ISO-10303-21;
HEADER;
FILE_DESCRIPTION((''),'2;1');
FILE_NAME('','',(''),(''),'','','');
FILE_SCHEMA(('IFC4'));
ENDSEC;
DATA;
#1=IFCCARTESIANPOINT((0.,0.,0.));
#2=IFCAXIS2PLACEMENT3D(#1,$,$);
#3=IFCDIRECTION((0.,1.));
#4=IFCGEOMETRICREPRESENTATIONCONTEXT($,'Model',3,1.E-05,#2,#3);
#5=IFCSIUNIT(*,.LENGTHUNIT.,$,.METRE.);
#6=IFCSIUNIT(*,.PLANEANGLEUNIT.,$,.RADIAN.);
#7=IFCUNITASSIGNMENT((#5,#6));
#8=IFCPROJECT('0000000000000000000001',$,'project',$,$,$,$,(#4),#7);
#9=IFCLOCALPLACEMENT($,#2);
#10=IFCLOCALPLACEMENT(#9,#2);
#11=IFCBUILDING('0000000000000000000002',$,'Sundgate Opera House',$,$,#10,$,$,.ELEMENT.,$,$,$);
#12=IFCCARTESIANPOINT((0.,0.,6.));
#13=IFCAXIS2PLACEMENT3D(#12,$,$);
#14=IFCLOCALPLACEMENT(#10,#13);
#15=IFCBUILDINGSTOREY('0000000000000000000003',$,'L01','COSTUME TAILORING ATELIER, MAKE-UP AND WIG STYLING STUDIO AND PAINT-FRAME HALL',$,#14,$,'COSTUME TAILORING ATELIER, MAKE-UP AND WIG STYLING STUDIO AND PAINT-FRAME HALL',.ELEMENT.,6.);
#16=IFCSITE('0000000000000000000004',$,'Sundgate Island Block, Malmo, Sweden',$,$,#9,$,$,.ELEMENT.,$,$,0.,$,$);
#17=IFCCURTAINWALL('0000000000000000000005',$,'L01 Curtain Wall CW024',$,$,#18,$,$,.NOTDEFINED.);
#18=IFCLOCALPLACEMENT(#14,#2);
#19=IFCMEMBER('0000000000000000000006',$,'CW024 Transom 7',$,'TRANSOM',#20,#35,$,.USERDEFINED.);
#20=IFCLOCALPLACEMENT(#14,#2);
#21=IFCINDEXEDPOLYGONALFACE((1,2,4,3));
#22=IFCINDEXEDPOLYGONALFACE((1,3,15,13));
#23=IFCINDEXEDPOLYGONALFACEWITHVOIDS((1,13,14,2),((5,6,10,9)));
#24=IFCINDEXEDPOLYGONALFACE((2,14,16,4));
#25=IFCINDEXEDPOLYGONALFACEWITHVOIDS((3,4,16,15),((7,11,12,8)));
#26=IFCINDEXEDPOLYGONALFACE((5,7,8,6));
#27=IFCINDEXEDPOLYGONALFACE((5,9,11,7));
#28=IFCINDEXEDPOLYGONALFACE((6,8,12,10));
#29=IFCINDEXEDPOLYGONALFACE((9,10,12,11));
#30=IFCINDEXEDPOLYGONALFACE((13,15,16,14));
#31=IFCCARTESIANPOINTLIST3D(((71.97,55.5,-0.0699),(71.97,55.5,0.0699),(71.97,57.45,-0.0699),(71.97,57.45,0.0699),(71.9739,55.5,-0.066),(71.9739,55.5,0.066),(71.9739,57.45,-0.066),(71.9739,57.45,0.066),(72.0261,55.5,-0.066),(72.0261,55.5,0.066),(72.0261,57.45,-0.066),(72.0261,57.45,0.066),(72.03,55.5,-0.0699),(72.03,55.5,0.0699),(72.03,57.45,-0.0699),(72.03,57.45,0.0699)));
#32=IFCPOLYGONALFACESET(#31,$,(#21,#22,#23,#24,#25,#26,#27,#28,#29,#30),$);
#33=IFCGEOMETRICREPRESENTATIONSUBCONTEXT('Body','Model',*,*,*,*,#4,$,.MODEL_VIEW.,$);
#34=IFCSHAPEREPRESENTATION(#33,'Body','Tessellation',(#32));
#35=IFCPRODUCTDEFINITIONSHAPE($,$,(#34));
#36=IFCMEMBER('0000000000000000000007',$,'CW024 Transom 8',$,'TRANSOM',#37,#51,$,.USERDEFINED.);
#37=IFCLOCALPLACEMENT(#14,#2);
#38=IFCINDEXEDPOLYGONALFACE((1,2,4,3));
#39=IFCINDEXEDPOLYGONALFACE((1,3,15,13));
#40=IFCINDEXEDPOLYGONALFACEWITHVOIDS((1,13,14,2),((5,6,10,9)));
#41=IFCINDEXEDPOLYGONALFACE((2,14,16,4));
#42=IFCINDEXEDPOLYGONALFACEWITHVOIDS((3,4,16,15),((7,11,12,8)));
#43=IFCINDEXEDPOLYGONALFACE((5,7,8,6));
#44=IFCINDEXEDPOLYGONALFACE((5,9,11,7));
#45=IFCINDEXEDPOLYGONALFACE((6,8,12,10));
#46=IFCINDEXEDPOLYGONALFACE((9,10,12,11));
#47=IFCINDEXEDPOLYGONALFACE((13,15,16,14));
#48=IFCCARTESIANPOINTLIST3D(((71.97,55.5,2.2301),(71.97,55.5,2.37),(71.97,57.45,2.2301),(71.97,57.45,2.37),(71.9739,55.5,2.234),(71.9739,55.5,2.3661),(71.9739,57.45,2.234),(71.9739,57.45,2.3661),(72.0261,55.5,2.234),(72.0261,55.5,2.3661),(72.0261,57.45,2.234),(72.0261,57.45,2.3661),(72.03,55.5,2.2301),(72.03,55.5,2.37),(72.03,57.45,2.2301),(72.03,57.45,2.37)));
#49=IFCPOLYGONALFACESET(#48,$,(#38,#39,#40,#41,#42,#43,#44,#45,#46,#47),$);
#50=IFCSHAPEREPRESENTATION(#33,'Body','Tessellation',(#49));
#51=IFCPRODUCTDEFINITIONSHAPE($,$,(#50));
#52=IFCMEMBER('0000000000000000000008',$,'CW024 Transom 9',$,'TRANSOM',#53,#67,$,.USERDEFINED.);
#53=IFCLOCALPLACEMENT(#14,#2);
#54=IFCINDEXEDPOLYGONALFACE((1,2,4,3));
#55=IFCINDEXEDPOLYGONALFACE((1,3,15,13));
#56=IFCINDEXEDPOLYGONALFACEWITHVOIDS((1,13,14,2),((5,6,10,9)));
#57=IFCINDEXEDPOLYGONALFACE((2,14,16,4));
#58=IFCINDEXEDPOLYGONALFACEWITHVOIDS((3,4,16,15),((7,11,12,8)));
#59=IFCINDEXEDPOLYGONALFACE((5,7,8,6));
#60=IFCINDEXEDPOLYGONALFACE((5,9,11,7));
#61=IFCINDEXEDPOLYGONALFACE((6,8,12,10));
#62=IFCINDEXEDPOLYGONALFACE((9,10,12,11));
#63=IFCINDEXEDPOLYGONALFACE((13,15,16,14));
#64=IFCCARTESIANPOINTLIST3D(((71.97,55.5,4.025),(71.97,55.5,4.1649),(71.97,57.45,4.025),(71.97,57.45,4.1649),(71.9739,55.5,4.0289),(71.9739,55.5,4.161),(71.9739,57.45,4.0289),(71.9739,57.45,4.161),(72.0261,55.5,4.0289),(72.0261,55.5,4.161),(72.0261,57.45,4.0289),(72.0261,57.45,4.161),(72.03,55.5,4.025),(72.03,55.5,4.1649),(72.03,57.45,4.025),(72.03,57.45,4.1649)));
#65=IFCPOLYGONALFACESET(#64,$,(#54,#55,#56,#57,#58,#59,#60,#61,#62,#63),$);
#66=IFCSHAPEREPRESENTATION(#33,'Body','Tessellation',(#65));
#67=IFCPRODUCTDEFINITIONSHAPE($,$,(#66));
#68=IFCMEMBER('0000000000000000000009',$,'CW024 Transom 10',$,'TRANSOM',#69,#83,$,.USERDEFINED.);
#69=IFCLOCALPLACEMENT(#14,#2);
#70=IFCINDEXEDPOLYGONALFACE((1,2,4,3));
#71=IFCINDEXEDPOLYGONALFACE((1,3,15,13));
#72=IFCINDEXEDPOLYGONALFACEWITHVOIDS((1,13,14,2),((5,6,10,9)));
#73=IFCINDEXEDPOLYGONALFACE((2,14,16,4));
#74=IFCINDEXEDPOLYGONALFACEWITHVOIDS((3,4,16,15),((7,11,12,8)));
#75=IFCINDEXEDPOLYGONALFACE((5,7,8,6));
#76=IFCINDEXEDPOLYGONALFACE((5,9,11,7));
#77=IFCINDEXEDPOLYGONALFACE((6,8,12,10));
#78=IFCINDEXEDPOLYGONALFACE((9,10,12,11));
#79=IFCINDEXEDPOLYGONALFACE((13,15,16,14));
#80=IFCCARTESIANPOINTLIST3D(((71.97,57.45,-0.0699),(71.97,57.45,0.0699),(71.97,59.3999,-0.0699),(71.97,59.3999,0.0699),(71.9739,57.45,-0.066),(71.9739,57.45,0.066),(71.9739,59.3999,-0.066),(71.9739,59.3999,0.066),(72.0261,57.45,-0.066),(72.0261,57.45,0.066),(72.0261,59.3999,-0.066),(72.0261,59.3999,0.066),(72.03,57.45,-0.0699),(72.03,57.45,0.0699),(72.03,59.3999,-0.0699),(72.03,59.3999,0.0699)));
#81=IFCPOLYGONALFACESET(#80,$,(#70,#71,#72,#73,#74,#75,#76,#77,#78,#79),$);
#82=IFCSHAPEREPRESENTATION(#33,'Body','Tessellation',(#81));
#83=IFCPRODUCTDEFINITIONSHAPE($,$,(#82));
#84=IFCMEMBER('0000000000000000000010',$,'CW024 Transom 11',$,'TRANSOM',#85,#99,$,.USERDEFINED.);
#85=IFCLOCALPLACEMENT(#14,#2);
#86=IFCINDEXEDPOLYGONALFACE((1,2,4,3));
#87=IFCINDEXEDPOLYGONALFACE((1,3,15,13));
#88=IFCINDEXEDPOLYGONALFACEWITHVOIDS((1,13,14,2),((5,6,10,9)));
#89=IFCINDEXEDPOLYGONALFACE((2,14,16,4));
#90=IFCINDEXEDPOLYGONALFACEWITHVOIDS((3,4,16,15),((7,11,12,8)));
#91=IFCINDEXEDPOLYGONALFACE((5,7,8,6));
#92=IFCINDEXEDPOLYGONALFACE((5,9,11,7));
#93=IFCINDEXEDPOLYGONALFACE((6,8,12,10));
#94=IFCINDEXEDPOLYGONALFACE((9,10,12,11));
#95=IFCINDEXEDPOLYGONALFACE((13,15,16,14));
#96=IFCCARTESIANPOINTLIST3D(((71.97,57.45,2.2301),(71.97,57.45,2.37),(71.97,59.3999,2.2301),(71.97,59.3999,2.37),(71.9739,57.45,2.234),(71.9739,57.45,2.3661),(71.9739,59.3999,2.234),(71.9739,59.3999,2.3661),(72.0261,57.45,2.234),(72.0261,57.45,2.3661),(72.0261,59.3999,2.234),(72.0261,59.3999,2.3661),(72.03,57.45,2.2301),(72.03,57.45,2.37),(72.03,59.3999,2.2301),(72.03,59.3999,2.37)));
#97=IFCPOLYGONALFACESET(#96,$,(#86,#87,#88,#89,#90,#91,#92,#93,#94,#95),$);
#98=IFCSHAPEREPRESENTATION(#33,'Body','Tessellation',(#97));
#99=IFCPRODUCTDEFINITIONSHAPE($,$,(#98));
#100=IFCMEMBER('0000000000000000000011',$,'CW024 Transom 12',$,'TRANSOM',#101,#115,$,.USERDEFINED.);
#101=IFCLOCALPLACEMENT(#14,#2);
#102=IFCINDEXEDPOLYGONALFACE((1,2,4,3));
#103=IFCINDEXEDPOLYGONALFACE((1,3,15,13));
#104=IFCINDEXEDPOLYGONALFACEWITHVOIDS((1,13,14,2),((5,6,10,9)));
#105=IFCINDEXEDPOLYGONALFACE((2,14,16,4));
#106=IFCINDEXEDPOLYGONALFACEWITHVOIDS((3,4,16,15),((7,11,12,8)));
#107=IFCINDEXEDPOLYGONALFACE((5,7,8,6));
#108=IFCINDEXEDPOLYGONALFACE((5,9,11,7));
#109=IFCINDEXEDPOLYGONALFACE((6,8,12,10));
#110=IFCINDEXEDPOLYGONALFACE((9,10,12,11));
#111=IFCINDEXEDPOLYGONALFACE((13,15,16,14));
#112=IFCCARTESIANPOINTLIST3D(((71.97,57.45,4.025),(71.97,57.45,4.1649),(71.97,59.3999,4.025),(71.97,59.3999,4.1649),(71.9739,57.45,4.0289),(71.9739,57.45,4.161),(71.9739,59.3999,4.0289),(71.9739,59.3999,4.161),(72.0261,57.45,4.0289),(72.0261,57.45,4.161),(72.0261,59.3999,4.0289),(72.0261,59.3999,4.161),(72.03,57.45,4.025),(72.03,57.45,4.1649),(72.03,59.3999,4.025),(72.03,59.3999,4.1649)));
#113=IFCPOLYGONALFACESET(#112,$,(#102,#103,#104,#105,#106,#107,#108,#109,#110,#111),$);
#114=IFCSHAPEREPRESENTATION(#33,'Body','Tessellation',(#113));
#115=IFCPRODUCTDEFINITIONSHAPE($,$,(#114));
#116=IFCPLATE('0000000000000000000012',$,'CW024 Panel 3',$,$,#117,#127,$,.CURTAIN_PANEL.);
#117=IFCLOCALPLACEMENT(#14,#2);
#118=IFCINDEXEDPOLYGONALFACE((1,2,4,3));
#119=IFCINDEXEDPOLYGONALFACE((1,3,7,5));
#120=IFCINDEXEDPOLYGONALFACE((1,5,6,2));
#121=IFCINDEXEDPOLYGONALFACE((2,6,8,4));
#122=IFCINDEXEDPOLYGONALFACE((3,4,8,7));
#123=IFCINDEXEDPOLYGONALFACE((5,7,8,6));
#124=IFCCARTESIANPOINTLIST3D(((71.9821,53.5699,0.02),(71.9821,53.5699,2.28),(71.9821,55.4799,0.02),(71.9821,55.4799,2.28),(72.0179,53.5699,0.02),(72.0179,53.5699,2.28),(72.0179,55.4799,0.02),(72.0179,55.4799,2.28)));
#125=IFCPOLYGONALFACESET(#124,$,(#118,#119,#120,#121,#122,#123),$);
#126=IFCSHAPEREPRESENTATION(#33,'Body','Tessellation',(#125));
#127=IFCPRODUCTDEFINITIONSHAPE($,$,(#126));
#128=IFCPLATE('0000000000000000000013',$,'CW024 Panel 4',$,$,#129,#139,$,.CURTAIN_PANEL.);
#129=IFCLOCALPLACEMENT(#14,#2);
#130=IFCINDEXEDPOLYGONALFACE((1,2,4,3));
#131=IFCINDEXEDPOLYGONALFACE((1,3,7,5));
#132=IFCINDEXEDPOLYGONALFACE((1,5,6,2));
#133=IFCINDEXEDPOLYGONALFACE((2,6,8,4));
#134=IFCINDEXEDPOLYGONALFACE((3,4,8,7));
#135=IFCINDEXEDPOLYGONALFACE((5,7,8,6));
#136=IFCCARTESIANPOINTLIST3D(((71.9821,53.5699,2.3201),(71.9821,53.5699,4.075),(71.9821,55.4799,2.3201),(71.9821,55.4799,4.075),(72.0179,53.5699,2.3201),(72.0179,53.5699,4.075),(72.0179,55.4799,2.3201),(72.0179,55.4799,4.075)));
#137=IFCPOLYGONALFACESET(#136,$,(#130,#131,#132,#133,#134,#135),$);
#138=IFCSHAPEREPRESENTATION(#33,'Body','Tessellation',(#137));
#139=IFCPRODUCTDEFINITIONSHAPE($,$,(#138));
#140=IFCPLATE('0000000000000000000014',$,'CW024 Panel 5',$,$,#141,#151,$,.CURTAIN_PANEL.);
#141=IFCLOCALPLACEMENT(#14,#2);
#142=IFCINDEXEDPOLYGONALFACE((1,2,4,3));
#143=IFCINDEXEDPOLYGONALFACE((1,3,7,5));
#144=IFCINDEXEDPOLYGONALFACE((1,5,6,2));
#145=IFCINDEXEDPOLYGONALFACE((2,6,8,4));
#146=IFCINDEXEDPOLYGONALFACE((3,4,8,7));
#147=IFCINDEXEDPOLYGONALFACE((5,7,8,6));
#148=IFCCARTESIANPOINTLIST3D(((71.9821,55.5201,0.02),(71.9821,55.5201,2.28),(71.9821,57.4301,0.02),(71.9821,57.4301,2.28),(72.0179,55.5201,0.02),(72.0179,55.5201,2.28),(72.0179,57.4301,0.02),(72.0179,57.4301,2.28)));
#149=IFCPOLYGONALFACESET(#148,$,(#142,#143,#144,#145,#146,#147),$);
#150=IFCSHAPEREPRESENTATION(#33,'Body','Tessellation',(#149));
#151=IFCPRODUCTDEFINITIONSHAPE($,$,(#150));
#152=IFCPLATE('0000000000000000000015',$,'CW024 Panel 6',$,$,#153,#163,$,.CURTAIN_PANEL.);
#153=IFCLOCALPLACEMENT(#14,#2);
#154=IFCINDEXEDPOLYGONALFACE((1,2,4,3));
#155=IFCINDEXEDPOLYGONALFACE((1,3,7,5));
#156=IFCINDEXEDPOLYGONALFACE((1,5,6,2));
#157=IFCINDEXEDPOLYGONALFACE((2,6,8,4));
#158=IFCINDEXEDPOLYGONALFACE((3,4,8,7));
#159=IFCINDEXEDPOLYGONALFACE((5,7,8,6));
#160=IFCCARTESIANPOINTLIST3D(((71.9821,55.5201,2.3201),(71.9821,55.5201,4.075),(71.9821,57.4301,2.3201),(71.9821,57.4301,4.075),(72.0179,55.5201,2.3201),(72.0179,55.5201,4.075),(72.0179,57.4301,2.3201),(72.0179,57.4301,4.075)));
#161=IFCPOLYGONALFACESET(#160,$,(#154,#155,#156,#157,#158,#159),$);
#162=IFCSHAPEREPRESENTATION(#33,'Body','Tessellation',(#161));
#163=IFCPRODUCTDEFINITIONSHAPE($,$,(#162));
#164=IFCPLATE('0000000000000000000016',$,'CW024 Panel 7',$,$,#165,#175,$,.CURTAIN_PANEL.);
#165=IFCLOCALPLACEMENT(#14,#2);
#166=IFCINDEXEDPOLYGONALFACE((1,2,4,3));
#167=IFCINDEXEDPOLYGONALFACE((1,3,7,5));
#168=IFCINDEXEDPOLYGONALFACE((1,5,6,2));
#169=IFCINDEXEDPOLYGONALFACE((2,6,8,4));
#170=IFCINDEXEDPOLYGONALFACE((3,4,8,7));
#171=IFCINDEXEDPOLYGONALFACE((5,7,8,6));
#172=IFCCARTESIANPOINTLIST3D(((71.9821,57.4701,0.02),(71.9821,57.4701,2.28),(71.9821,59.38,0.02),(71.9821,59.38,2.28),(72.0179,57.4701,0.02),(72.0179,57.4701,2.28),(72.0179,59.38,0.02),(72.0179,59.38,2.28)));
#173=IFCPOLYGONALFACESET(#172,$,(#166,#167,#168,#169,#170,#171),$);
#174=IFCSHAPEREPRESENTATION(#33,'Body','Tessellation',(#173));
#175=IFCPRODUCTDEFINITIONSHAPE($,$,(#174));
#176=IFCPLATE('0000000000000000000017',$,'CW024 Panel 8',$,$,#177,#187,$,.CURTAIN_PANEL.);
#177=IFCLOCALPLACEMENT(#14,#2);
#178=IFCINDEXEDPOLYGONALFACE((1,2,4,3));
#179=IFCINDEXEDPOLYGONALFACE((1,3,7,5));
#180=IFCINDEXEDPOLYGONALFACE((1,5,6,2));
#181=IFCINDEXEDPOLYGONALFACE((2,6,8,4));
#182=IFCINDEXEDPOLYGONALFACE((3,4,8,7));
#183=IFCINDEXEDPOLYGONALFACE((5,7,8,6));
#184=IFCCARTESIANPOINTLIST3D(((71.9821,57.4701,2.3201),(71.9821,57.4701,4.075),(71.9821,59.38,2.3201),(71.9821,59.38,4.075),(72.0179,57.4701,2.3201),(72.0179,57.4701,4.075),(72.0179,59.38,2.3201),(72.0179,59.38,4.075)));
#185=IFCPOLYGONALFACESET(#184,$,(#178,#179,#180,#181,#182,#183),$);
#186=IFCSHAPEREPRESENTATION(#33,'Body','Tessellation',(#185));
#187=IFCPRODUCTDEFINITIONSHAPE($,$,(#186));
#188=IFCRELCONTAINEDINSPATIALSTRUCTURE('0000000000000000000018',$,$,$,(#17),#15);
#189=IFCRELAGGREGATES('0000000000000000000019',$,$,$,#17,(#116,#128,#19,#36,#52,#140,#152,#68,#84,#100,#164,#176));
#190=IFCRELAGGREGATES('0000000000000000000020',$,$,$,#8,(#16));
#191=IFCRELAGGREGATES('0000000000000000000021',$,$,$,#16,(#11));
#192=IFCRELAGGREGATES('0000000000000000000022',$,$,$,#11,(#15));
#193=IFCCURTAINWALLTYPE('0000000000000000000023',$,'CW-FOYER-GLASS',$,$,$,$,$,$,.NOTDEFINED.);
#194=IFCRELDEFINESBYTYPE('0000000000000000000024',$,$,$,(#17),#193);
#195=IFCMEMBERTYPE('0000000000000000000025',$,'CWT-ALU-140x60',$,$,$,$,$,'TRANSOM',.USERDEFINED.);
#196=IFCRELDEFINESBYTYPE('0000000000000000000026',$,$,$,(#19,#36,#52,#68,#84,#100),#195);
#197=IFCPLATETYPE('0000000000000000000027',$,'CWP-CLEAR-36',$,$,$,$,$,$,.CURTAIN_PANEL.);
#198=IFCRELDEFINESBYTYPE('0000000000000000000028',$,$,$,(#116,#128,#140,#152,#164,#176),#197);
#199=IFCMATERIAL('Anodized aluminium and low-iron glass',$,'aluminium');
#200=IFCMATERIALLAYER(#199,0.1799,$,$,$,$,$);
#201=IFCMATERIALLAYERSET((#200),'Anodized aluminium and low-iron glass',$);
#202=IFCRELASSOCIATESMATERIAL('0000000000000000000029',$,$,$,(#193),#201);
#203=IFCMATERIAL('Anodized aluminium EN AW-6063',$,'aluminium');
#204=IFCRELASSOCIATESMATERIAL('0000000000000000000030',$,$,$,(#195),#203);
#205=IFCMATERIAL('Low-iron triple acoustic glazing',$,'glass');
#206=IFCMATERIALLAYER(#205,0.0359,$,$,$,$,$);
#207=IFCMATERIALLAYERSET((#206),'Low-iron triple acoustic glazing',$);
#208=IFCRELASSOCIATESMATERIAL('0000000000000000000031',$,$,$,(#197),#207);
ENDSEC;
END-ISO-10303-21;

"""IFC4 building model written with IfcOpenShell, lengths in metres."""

from ifc_helpers import new_model, si_unit, direction, frame, origin, origin_2d, place, context, subcontext, project, spatial, rectangle, hollow_rectangle, extrude, material, layer, layer_set, material_profile, profile_set, type_object, element, aggregate, save


model = new_model("IFC4")

# Units and contexts
model_context = context("Model", 3, precision=1e-05, world=origin(), true_north=direction((0.0, 1.0)))
body_context = subcontext(model_context, "Body", "Model", "MODEL_VIEW")
ifc_project = project(units=[si_unit("LENGTHUNIT", "METRE"), si_unit("PLANEANGLEUNIT", "RADIAN")], contexts=[model_context])

# Site, building, storey
site_placement = place(None, origin())
site = spatial("IfcSite", under=ifc_project, at=site_placement, Name="Sundgate Island Block, Malmo, Sweden", CompositionType="ELEMENT", RefElevation=0.0)
building_placement = place(site_placement, origin())
building = spatial("IfcBuilding", under=site, at=building_placement, Name="Sundgate Opera House", CompositionType="ELEMENT")
storey_placement = place(building_placement, frame((0.0, 0.0, 6.0)))
storey = spatial("IfcBuildingStorey", under=building, at=storey_placement, Name="L01", Description="COSTUME TAILORING ATELIER, MAKE-UP AND WIG STYLING STUDIO AND PAINT-FRAME HALL", LongName="COSTUME TAILORING ATELIER, MAKE-UP AND WIG STYLING STUDIO AND PAINT-FRAME HALL", CompositionType="ELEMENT", Elevation=6.0)

# Curtain wall, members, plates
ifc_material_1 = material(Name="Anodized aluminium and low-iron glass", Category="aluminium")
ifc_layer_1 = layer(ifc_material_1, 0.1799)
ifc_layer_set_1 = layer_set([ifc_layer_1], Name="Anodized aluminium and low-iron glass")
curtain_wall_type = type_object("IfcCurtainWallType", Name="CW-FOYER-GLASS", PredefinedType="NOTDEFINED", material=ifc_layer_set_1)
curtain_wall_placement = place(storey_placement, origin())
curtain_wall = element("IfcCurtainWall", 1, at=curtain_wall_placement, inside=storey, type_object=curtain_wall_type, Name="L01 Curtain Wall CW024", PredefinedType="NOTDEFINED")
ifc_material_2 = material(Name="Anodized aluminium EN AW-6063", Category="aluminium")
ifc_material_profile_1 = material_profile(ifc_material_2, hollow_rectangle(XDim=0.0601, YDim=0.1399, WallThickness=0.0039, at=origin_2d()), Name="CWT 140x60x4")
ifc_profile_set_1 = profile_set([ifc_material_profile_1], Name="Anodized aluminium EN AW-6063")
member_type_1 = type_object("IfcMemberType", Name="CWT-ALU-140x60", ElementType="TRANSOM", PredefinedType="USERDEFINED", material=ifc_profile_set_1)
member_1_placement = place(storey_placement, frame((72.0, 55.5, 0.0), z_axis=(0.0, 1.0, 0.0), x_axis=(-1.0, 0.0, 0.0)))
member_1 = element("IfcMember", 2, at=member_1_placement, type_object=member_type_1, Name="CW024 Transom 7", ObjectType="TRANSOM", PredefinedType="USERDEFINED", context=body_context, shape_type="SweptSolid", body=[
    extrude(hollow_rectangle(XDim=0.0601, YDim=0.1399, WallThickness=0.0039, at=origin_2d()), origin(), (0.0, 0.0, 1.0), 1.95),
])
member_2_placement = place(storey_placement, frame((72.0, 55.5, 2.3), z_axis=(0.0, 1.0, 0.0), x_axis=(-1.0, 0.0, 0.0)))
member_2 = element("IfcMember", 3, at=member_2_placement, type_object=member_type_1, Name="CW024 Transom 8", ObjectType="TRANSOM", PredefinedType="USERDEFINED", context=body_context, shape_type="SweptSolid", body=[
    extrude(hollow_rectangle(XDim=0.0601, YDim=0.1399, WallThickness=0.0039, at=origin_2d()), origin(), (0.0, 0.0, 1.0), 1.95),
])
member_3_placement = place(storey_placement, frame((72.0, 55.5, 4.095), z_axis=(0.0, 1.0, 0.0), x_axis=(-1.0, 0.0, 0.0)))
member_3 = element("IfcMember", 4, at=member_3_placement, type_object=member_type_1, Name="CW024 Transom 9", ObjectType="TRANSOM", PredefinedType="USERDEFINED", context=body_context, shape_type="SweptSolid", body=[
    extrude(hollow_rectangle(XDim=0.0601, YDim=0.1399, WallThickness=0.0039, at=origin_2d()), origin(), (0.0, 0.0, 1.0), 1.95),
])
member_4_placement = place(storey_placement, frame((72.0, 57.45, 0.0), z_axis=(0.0, 1.0, 0.0), x_axis=(-1.0, 0.0, 0.0)))
member_4 = element("IfcMember", 5, at=member_4_placement, type_object=member_type_1, Name="CW024 Transom 10", ObjectType="TRANSOM", PredefinedType="USERDEFINED", context=body_context, shape_type="SweptSolid", body=[
    extrude(hollow_rectangle(XDim=0.0601, YDim=0.1399, WallThickness=0.0039, at=origin_2d()), origin(), (0.0, 0.0, 1.0), 1.95),
])
member_5_placement = place(storey_placement, frame((72.0, 57.45, 2.3), z_axis=(0.0, 1.0, 0.0), x_axis=(-1.0, 0.0, 0.0)))
member_5 = element("IfcMember", 6, at=member_5_placement, type_object=member_type_1, Name="CW024 Transom 11", ObjectType="TRANSOM", PredefinedType="USERDEFINED", context=body_context, shape_type="SweptSolid", body=[
    extrude(hollow_rectangle(XDim=0.0601, YDim=0.1399, WallThickness=0.0039, at=origin_2d()), origin(), (0.0, 0.0, 1.0), 1.95),
])
member_6_placement = place(storey_placement, frame((72.0, 57.45, 4.095), z_axis=(0.0, 1.0, 0.0), x_axis=(-1.0, 0.0, 0.0)))
member_6 = element("IfcMember", 7, at=member_6_placement, type_object=member_type_1, Name="CW024 Transom 12", ObjectType="TRANSOM", PredefinedType="USERDEFINED", context=body_context, shape_type="SweptSolid", body=[
    extrude(hollow_rectangle(XDim=0.0601, YDim=0.1399, WallThickness=0.0039, at=origin_2d()), origin(), (0.0, 0.0, 1.0), 1.95),
])
ifc_material_3 = material(Name="Low-iron triple acoustic glazing", Category="glass")
ifc_layer_2 = layer(ifc_material_3, 0.0359)
ifc_layer_set_2 = layer_set([ifc_layer_2], Name="Low-iron triple acoustic glazing")
plate_type_1 = type_object("IfcPlateType", Name="CWP-CLEAR-36", PredefinedType="CURTAIN_PANEL", material=ifc_layer_set_2)
plate_1_placement = place(storey_placement, frame((72.0, 54.5249, 0.02), z_axis=(0.0, 0.0, 1.0), x_axis=(0.0, 1.0, 0.0)))
plate_1 = element("IfcPlate", 8, at=plate_1_placement, type_object=plate_type_1, Name="CW024 Panel 3", PredefinedType="CURTAIN_PANEL", context=body_context, shape_type="SweptSolid", body=[
    extrude(rectangle(XDim=1.9099, YDim=0.0359, at=origin_2d()), origin(), (0.0, 0.0, 1.0), 2.26),
])
plate_2_placement = place(storey_placement, frame((72.0, 54.5249, 2.3201), z_axis=(0.0, 0.0, 1.0), x_axis=(0.0, 1.0, 0.0)))
plate_2 = element("IfcPlate", 9, at=plate_2_placement, type_object=plate_type_1, Name="CW024 Panel 4", PredefinedType="CURTAIN_PANEL", context=body_context, shape_type="SweptSolid", body=[
    extrude(rectangle(XDim=1.9099, YDim=0.0359, at=origin_2d()), origin(), (0.0, 0.0, 1.0), 1.7549),
])
plate_3_placement = place(storey_placement, frame((72.0, 56.4751, 0.02), z_axis=(0.0, 0.0, 1.0), x_axis=(0.0, 1.0, 0.0)))
plate_3 = element("IfcPlate", 10, at=plate_3_placement, type_object=plate_type_1, Name="CW024 Panel 5", PredefinedType="CURTAIN_PANEL", context=body_context, shape_type="SweptSolid", body=[
    extrude(rectangle(XDim=1.9099, YDim=0.0359, at=origin_2d()), origin(), (0.0, 0.0, 1.0), 2.26),
])
plate_4_placement = place(storey_placement, frame((72.0, 56.4751, 2.3201), z_axis=(0.0, 0.0, 1.0), x_axis=(0.0, 1.0, 0.0)))
plate_4 = element("IfcPlate", 11, at=plate_4_placement, type_object=plate_type_1, Name="CW024 Panel 6", PredefinedType="CURTAIN_PANEL", context=body_context, shape_type="SweptSolid", body=[
    extrude(rectangle(XDim=1.9099, YDim=0.0359, at=origin_2d()), origin(), (0.0, 0.0, 1.0), 1.7549),
])
plate_5_placement = place(storey_placement, frame((72.0, 58.425, 0.02), z_axis=(0.0, 0.0, 1.0), x_axis=(0.0, 1.0, 0.0)))
plate_5 = element("IfcPlate", 12, at=plate_5_placement, type_object=plate_type_1, Name="CW024 Panel 7", PredefinedType="CURTAIN_PANEL", context=body_context, shape_type="SweptSolid", body=[
    extrude(rectangle(XDim=1.9099, YDim=0.0359, at=origin_2d()), origin(), (0.0, 0.0, 1.0), 2.26),
])
plate_6_placement = place(storey_placement, frame((72.0, 58.425, 2.3201), z_axis=(0.0, 0.0, 1.0), x_axis=(0.0, 1.0, 0.0)))
plate_6 = element("IfcPlate", 13, at=plate_6_placement, type_object=plate_type_1, Name="CW024 Panel 8", PredefinedType="CURTAIN_PANEL", context=body_context, shape_type="SweptSolid", body=[
    extrude(rectangle(XDim=1.9099, YDim=0.0359, at=origin_2d()), origin(), (0.0, 0.0, 1.0), 1.7549),
])
aggregate(curtain_wall, [plate_1, plate_2, member_1, member_2, member_3, plate_3, plate_4, member_4, member_5, member_6, plate_5, plate_6])

save(model, "model.ifc")
